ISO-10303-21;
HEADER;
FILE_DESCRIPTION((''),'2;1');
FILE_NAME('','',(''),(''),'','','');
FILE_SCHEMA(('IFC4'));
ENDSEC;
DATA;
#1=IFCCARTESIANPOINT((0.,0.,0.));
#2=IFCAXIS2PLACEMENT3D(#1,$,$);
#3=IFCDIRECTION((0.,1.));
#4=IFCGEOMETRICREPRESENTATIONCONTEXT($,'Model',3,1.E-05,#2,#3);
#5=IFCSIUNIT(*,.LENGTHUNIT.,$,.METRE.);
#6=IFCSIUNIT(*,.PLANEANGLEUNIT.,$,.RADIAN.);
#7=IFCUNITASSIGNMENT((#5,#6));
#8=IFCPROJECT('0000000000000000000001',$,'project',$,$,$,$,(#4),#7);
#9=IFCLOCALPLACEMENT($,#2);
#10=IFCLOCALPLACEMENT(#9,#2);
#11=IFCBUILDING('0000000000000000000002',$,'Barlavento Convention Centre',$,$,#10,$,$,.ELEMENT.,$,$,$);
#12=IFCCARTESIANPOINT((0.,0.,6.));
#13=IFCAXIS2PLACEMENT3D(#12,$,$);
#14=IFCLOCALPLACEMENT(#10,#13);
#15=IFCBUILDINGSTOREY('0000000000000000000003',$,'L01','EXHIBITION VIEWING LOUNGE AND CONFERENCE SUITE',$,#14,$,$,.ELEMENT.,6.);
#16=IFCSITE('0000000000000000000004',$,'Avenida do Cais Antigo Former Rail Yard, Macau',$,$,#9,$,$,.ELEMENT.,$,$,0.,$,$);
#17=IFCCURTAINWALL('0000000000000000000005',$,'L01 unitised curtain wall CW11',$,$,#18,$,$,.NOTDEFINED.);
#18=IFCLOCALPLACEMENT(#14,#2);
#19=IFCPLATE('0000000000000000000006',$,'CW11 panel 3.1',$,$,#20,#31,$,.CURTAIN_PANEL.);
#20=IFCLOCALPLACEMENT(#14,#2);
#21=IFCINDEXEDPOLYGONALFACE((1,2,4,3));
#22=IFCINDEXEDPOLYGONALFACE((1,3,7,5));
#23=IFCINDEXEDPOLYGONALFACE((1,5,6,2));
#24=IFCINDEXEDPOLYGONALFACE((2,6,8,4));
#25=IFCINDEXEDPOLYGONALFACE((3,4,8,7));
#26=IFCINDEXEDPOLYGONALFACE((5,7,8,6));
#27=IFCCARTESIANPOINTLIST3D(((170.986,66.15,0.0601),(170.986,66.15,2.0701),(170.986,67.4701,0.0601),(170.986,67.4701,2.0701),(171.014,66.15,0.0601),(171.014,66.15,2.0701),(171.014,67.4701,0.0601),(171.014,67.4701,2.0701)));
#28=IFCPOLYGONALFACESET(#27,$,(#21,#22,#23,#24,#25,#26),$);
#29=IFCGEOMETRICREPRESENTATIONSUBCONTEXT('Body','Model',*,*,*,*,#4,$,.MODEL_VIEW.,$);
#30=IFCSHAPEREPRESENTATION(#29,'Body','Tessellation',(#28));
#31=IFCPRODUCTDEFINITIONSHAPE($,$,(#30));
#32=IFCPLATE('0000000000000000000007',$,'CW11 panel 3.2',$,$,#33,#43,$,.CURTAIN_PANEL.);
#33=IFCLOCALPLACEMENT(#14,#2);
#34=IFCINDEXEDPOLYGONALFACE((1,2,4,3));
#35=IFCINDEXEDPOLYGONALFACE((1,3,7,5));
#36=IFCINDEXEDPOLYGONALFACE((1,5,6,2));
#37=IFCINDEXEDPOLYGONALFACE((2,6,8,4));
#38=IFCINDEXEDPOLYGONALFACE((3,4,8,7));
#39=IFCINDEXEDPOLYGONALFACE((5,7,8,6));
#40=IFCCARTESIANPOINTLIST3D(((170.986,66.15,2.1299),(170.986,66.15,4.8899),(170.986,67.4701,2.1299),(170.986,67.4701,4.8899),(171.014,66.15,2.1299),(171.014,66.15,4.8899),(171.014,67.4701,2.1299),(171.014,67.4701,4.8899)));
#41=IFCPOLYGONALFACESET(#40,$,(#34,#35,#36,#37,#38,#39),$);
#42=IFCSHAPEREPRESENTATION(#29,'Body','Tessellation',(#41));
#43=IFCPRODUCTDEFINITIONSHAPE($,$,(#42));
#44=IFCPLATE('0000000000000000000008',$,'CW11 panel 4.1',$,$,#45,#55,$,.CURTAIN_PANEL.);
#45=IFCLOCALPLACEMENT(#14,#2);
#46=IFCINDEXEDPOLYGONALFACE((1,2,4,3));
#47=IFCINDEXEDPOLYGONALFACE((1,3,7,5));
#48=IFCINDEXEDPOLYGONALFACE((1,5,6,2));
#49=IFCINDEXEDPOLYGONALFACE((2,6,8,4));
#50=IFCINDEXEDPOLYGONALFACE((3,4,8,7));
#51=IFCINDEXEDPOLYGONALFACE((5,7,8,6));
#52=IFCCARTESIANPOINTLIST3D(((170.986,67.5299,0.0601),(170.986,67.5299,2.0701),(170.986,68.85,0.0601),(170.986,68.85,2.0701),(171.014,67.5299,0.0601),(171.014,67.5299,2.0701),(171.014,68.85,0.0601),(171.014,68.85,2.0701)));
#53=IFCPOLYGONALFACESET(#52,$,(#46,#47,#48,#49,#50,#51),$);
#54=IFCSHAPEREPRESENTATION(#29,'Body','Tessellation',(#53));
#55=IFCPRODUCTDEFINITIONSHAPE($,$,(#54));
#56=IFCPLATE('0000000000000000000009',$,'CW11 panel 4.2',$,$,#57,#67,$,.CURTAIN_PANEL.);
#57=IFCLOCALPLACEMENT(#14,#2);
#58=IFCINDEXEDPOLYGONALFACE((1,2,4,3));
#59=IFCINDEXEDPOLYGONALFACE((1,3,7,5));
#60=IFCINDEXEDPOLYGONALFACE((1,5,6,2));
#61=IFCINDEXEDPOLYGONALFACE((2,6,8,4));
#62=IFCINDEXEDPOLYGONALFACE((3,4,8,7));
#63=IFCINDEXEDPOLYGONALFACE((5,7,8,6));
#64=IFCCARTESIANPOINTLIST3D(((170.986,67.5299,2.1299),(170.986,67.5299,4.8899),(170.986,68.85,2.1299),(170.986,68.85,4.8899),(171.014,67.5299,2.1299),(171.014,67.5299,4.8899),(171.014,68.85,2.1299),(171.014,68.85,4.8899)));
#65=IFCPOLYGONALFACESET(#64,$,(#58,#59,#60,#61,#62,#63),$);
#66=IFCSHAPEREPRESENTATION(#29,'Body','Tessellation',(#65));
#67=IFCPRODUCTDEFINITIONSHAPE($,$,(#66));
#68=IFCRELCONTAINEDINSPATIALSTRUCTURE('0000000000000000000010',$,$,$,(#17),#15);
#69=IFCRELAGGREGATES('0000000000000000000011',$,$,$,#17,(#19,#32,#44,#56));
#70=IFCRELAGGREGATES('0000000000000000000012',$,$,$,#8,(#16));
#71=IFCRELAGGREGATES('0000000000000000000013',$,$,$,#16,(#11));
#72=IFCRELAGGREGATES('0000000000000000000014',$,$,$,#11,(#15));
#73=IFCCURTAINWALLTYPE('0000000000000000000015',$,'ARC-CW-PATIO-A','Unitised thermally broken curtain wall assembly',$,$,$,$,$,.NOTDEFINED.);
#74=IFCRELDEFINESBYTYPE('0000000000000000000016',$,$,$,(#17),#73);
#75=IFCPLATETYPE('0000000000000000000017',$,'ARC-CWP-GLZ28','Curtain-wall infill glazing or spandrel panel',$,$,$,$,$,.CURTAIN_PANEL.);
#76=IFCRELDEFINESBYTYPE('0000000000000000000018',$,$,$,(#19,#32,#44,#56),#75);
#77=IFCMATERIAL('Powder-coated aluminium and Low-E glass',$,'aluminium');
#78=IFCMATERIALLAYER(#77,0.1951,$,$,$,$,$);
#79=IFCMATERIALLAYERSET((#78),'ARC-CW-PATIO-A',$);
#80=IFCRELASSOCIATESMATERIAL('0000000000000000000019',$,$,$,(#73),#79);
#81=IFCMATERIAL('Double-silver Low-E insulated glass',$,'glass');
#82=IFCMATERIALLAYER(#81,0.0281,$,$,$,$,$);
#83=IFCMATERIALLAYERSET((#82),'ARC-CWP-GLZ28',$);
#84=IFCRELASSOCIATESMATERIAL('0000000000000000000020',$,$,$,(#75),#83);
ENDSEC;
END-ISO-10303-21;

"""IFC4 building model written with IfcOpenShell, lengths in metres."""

from ifc_helpers import new_model, si_unit, direction, frame, origin, origin_2d, place, context, subcontext, project, spatial, rectangle, extrude, material, layer, layer_set, type_object, element, aggregate, save


model = new_model("IFC4")

# Units and contexts
model_context = context("Model", 3, precision=1e-05, world=origin(), true_north=direction((0.0, 1.0)))
body_context = subcontext(model_context, "Body", "Model", "MODEL_VIEW")
ifc_project = project(units=[si_unit("LENGTHUNIT", "METRE"), si_unit("PLANEANGLEUNIT", "RADIAN")], contexts=[model_context])

# Site, building, storey
site_placement = place(None, origin())
site = spatial("IfcSite", under=ifc_project, at=site_placement, Name="Avenida do Cais Antigo Former Rail Yard, Macau", CompositionType="ELEMENT", RefElevation=0.0)
building_placement = place(site_placement, origin())
building = spatial("IfcBuilding", under=site, at=building_placement, Name="Barlavento Convention Centre", CompositionType="ELEMENT")
storey_placement = place(building_placement, frame((0.0, 0.0, 6.0)))
storey = spatial("IfcBuildingStorey", under=building, at=storey_placement, Name="L01", Description="EXHIBITION VIEWING LOUNGE AND CONFERENCE SUITE", CompositionType="ELEMENT", Elevation=6.0)

# Curtain wall
ifc_material_1 = material(Name="Powder-coated aluminium and Low-E glass", Category="aluminium")
ifc_layer_1 = layer(ifc_material_1, 0.1951)
ifc_layer_set_1 = layer_set([ifc_layer_1], Name="ARC-CW-PATIO-A")
curtain_wall_type = type_object("IfcCurtainWallType", Name="ARC-CW-PATIO-A", Description="Unitised thermally broken curtain wall assembly", PredefinedType="NOTDEFINED", material=ifc_layer_set_1)
curtain_wall_placement = place(storey_placement, origin())
curtain_wall = element("IfcCurtainWall", 1, at=curtain_wall_placement, inside=storey, type_object=curtain_wall_type, Name="L01 unitised curtain wall CW11", PredefinedType="NOTDEFINED")

# Plates
ifc_material_2 = material(Name="Double-silver Low-E insulated glass", Category="glass")
ifc_layer_2 = layer(ifc_material_2, 0.0281)
ifc_layer_set_2 = layer_set([ifc_layer_2], Name="ARC-CWP-GLZ28")
plate_type = type_object("IfcPlateType", Name="ARC-CWP-GLZ28", Description="Curtain-wall infill glazing or spandrel panel", PredefinedType="CURTAIN_PANEL", material=ifc_layer_set_2)
plate_1_placement = place(storey_placement, frame((171.0, 66.8101, 0.0601), z_axis=(0.0, 0.0, 1.0), x_axis=(0.0, 1.0, 0.0)))
plate_1 = element("IfcPlate", 2, at=plate_1_placement, type_object=plate_type, Name="CW11 panel 3.1", PredefinedType="CURTAIN_PANEL", context=body_context, shape_type="SweptSolid", body=[
    extrude(rectangle(XDim=1.3201, YDim=0.0281, at=origin_2d()), origin(), (0.0, 0.0, 1.0), 2.01),
])
plate_2_placement = place(storey_placement, frame((171.0, 66.8101, 2.1299), z_axis=(0.0, 0.0, 1.0), x_axis=(0.0, 1.0, 0.0)))
plate_2 = element("IfcPlate", 3, at=plate_2_placement, type_object=plate_type, Name="CW11 panel 3.2", PredefinedType="CURTAIN_PANEL", context=body_context, shape_type="SweptSolid", body=[
    extrude(rectangle(XDim=1.3201, YDim=0.0281, at=origin_2d()), origin(), (0.0, 0.0, 1.0), 2.76),
])
plate_3_placement = place(storey_placement, frame((171.0, 68.1899, 0.0601), z_axis=(0.0, 0.0, 1.0), x_axis=(0.0, 1.0, 0.0)))
plate_3 = element("IfcPlate", 4, at=plate_3_placement, type_object=plate_type, Name="CW11 panel 4.1", PredefinedType="CURTAIN_PANEL", context=body_context, shape_type="SweptSolid", body=[
    extrude(rectangle(XDim=1.3201, YDim=0.0281, at=origin_2d()), origin(), (0.0, 0.0, 1.0), 2.01),
])
plate_4_placement = place(storey_placement, frame((171.0, 68.1899, 2.1299), z_axis=(0.0, 0.0, 1.0), x_axis=(0.0, 1.0, 0.0)))
plate_4 = element("IfcPlate", 5, at=plate_4_placement, type_object=plate_type, Name="CW11 panel 4.2", PredefinedType="CURTAIN_PANEL", context=body_context, shape_type="SweptSolid", body=[
    extrude(rectangle(XDim=1.3201, YDim=0.0281, at=origin_2d()), origin(), (0.0, 0.0, 1.0), 2.76),
])
aggregate(curtain_wall, [plate_1, plate_2, plate_3, plate_4])

save(model, "model.ifc")
